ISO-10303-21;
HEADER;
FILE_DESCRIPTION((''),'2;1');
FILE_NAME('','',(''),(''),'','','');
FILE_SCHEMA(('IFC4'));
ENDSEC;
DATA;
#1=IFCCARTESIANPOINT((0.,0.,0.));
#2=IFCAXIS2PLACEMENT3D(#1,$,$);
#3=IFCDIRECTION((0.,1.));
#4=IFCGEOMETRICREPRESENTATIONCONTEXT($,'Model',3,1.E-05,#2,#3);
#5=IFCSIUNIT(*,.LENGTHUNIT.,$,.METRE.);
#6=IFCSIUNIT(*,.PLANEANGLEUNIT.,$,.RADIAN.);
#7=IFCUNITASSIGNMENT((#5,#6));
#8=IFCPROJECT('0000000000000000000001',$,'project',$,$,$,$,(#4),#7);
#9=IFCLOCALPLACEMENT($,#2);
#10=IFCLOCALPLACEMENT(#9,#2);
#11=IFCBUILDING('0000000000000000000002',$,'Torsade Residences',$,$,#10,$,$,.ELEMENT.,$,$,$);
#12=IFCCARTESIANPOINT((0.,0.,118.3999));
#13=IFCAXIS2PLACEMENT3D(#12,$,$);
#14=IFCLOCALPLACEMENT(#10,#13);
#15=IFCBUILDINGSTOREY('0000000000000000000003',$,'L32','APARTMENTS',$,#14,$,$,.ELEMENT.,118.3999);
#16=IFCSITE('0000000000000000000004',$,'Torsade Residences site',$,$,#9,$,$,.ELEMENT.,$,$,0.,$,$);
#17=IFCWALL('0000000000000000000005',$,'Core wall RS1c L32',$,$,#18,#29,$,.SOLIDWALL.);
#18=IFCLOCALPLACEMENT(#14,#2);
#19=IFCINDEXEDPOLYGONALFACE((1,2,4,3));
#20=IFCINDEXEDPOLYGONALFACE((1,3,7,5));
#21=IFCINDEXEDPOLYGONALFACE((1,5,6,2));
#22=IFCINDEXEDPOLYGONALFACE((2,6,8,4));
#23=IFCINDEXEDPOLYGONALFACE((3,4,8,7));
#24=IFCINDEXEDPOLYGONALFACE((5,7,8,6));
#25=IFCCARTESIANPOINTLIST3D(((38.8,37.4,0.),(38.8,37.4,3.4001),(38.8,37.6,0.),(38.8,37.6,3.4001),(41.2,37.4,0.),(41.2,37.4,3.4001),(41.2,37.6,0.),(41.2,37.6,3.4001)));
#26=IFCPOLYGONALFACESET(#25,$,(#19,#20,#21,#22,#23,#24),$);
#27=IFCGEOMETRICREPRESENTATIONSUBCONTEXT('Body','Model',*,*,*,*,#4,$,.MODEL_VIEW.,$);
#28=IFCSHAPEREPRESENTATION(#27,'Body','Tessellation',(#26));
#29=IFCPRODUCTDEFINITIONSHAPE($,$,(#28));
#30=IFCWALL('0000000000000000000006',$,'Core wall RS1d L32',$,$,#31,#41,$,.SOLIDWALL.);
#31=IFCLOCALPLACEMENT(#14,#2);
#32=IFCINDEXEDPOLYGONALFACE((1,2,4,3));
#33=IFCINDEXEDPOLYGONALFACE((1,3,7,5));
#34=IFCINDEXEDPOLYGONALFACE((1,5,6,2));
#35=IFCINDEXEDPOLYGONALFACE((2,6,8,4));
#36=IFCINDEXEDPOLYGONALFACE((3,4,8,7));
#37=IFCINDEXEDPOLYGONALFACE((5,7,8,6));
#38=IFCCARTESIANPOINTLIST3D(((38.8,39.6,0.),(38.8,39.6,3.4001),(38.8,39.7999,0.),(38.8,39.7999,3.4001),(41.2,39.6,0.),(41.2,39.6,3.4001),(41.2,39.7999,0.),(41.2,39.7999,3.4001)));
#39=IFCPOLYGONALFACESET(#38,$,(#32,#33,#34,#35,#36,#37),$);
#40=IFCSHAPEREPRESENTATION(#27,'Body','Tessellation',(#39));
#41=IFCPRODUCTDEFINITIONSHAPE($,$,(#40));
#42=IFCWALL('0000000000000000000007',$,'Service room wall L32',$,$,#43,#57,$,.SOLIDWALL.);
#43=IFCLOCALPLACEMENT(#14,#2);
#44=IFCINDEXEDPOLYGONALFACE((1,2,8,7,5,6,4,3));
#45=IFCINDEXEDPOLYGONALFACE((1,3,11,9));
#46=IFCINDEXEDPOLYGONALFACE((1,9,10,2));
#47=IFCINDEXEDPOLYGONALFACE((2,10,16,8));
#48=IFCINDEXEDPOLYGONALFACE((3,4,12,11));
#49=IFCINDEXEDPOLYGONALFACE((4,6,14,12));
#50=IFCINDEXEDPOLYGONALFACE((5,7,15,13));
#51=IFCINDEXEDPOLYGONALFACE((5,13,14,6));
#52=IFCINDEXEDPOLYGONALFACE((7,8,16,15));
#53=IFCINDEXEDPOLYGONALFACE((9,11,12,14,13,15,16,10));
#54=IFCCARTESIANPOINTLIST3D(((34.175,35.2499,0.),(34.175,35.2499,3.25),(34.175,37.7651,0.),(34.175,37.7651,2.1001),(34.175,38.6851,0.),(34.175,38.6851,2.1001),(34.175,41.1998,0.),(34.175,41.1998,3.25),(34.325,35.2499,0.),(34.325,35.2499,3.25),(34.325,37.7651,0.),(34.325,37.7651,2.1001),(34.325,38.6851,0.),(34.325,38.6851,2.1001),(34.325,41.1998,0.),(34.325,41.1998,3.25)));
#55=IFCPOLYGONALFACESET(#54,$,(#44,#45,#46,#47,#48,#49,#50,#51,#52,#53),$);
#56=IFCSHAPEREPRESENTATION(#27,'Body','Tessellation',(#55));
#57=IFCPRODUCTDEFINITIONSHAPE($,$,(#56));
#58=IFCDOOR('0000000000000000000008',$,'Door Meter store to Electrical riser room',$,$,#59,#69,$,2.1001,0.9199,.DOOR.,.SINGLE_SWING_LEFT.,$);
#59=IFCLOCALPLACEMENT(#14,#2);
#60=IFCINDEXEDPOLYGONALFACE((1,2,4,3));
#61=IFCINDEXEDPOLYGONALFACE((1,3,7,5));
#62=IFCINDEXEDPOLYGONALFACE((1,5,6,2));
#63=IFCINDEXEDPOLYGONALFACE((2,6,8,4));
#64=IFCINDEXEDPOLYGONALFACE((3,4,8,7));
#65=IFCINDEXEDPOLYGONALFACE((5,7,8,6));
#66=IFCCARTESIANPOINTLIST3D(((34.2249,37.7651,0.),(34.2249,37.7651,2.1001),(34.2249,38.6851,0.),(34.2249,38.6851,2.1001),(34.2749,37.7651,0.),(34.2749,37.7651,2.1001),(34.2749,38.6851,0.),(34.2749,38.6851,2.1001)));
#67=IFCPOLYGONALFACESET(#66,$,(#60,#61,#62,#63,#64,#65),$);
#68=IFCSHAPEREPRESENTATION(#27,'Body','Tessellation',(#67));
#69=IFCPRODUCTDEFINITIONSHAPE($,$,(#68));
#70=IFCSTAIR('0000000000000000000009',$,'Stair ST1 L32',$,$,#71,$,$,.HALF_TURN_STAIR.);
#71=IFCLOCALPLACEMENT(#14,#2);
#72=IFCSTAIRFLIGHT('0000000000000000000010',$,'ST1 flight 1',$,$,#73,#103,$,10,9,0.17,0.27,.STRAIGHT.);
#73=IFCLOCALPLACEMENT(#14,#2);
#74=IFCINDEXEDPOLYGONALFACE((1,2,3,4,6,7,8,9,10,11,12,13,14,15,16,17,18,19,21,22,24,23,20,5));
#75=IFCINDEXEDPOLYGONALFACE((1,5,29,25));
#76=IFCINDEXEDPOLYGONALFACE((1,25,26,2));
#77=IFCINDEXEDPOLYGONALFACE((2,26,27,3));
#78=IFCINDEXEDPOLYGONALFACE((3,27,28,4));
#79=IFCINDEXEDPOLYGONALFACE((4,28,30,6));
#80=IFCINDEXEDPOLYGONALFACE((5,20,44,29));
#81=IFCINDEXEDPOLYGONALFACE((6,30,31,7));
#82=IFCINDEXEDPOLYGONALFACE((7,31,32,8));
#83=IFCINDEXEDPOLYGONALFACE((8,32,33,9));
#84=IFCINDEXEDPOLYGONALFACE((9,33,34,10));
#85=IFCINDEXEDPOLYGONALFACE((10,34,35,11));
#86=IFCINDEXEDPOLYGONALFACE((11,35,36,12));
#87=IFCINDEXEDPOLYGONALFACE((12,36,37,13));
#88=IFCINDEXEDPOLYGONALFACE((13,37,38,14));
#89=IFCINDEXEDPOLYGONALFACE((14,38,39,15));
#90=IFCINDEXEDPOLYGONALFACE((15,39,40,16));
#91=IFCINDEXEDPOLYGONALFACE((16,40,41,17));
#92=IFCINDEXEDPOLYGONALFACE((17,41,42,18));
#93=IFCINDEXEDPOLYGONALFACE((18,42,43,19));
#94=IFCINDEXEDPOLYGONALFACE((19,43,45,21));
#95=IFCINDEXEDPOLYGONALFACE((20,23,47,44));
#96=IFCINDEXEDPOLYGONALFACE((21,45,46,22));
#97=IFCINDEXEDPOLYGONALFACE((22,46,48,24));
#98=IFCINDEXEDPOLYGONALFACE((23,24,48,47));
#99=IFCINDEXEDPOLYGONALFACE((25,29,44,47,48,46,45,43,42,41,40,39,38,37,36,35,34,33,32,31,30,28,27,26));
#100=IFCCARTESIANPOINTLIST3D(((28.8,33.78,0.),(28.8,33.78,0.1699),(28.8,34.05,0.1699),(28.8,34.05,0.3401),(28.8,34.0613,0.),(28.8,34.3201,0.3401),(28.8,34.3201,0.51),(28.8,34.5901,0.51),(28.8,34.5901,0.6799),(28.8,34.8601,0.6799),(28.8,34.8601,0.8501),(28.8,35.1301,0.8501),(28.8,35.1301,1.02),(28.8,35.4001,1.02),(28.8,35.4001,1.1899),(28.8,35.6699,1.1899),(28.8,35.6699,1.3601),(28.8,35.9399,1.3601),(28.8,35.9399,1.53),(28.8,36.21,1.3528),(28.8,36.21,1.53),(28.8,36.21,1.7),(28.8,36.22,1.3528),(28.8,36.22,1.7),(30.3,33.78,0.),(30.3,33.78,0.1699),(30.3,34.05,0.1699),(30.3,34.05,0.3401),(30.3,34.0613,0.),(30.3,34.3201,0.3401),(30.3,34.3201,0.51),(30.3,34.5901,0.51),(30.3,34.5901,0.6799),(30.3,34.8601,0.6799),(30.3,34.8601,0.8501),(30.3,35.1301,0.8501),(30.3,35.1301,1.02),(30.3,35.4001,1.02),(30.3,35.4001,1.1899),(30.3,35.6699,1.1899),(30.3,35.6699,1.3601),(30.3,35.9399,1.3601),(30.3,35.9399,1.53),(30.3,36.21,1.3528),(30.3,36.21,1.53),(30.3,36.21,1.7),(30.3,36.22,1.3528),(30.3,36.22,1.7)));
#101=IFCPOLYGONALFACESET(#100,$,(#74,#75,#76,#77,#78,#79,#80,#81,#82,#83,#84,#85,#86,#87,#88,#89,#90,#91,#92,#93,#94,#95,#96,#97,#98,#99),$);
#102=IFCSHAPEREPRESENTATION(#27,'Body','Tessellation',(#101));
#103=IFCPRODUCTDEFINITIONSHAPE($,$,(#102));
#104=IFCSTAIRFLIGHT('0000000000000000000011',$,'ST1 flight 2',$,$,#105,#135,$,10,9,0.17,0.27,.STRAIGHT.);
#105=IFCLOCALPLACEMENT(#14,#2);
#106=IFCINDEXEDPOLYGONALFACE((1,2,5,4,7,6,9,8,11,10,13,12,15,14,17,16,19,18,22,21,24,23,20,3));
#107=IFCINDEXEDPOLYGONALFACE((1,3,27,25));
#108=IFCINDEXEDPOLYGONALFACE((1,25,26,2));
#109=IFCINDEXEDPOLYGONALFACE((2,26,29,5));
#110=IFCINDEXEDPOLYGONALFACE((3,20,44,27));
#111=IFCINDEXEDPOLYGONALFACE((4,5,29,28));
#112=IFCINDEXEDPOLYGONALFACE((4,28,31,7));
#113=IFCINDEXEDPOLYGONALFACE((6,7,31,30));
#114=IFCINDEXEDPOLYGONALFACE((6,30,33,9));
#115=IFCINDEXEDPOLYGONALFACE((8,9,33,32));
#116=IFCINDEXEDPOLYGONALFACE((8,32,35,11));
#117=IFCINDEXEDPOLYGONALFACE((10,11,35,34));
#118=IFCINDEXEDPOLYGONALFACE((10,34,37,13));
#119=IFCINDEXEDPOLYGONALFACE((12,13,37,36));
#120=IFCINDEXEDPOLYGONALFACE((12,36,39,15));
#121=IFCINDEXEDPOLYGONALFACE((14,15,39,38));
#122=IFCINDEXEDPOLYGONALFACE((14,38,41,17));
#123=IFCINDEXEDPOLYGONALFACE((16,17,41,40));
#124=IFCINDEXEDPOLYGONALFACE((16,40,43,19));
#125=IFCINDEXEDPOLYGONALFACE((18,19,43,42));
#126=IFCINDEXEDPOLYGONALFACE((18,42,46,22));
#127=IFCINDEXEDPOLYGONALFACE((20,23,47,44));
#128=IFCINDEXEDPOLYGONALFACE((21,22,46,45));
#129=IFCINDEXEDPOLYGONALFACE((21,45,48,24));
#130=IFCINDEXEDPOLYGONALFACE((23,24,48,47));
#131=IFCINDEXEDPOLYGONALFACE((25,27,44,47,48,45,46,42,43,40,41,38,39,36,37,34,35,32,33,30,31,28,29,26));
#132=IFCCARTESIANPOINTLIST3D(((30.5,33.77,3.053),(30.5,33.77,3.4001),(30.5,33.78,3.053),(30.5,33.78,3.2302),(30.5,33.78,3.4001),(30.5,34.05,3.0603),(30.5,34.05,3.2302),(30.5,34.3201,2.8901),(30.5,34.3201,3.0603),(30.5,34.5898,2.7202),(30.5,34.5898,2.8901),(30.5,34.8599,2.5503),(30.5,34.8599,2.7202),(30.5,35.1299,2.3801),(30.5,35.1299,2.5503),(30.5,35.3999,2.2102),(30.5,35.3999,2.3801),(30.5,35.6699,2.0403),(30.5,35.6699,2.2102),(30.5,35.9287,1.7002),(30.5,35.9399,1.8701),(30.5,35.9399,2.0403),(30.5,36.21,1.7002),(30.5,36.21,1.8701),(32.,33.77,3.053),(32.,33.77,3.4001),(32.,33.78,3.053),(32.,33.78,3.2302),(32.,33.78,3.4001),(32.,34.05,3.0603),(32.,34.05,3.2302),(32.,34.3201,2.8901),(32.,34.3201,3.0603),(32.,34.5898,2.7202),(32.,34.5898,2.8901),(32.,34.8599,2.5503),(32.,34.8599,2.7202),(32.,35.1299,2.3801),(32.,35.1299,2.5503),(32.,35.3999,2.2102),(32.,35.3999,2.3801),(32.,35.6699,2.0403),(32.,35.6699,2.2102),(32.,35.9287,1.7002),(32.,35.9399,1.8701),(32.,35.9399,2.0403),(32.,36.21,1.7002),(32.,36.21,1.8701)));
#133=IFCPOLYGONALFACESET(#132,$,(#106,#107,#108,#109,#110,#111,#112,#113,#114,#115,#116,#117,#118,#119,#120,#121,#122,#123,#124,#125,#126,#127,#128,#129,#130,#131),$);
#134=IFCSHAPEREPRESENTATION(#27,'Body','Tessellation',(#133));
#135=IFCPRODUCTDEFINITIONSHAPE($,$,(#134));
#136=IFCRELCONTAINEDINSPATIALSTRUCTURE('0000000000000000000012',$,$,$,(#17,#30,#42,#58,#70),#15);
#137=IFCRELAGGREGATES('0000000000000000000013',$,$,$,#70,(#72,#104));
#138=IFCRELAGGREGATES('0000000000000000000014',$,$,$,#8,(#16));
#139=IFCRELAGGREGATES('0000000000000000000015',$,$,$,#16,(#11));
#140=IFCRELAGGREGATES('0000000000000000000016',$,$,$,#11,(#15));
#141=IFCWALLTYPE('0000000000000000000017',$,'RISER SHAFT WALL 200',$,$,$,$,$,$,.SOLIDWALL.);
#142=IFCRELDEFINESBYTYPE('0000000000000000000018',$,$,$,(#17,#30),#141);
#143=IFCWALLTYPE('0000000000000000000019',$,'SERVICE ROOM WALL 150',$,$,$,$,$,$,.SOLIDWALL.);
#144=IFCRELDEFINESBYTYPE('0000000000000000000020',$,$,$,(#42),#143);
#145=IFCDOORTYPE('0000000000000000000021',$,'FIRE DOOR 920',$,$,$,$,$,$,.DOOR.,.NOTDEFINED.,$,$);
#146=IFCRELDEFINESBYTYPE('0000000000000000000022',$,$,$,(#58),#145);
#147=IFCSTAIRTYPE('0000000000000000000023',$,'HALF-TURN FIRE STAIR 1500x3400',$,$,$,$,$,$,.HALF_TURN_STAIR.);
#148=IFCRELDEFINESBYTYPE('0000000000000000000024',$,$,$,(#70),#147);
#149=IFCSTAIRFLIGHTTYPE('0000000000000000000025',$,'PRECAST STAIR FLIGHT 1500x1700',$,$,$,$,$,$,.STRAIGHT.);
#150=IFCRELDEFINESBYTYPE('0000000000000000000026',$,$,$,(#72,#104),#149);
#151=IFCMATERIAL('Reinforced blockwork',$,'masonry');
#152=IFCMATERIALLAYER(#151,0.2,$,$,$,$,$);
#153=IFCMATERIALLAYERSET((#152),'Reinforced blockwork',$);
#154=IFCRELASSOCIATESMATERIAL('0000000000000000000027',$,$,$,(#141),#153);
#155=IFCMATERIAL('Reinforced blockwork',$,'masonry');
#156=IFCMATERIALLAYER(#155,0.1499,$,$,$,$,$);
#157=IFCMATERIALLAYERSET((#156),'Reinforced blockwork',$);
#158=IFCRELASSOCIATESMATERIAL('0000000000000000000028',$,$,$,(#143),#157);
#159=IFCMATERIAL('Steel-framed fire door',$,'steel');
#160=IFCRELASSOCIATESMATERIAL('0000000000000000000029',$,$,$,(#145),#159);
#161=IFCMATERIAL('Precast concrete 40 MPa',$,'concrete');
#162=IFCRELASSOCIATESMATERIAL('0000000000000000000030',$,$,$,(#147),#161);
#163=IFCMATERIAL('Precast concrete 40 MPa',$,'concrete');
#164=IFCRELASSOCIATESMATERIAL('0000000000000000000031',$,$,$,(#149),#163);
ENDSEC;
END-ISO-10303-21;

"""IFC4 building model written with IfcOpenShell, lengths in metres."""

from ifc_helpers import new_model, si_unit, direction, frame, frame_2d, origin, place, context, subcontext, project, spatial, polyline, rectangle, outline, extrude, material, layer, layer_set, type_object, element, fill, aggregate, save


model = new_model("IFC4")

# Units and contexts
model_context = context("Model", 3, precision=1e-05, world=origin(), true_north=direction((0.0, 1.0)))
body_context = subcontext(model_context, "Body", "Model", "MODEL_VIEW")
ifc_project = project(units=[si_unit("LENGTHUNIT", "METRE"), si_unit("PLANEANGLEUNIT", "RADIAN")], contexts=[model_context])

# Site, building, storey
site_placement = place(None, origin())
site = spatial("IfcSite", under=ifc_project, at=site_placement, Name="Torsade Residences site", CompositionType="ELEMENT", RefElevation=0.0)
building_placement = place(site_placement, origin())
building = spatial("IfcBuilding", under=site, at=building_placement, Name="Torsade Residences", CompositionType="ELEMENT")
storey_placement = place(building_placement, frame((0.0, 0.0, 118.3999)))
storey = spatial("IfcBuildingStorey", under=building, at=storey_placement, Name="L32", Description="APARTMENTS", CompositionType="ELEMENT", Elevation=118.3999)

# Walls
ifc_material_1 = material(Name="Reinforced blockwork", Category="masonry")
ifc_layer_1 = layer(ifc_material_1, 0.2)
ifc_layer_set_1 = layer_set([ifc_layer_1], Name="Reinforced blockwork")
wall_type_1 = type_object("IfcWallType", Name="RISER SHAFT WALL 200", PredefinedType="SOLIDWALL", material=ifc_layer_set_1)
for number, where, z_axis, x_axis, name in (
    (1, (38.8, 37.5, 0.0), (0.0, 0.0, 1.0), (1.0, 0.0, 0.0), "Core wall RS1c L32"),
    (2, (38.8, 39.7, 0.0), (0.0, 0.0, 1.0), (1.0, 0.0, 0.0), "Core wall RS1d L32"),
):
    element("IfcWall", number, at=place(storey_placement, frame(where, z_axis=z_axis, x_axis=x_axis)), inside=storey, type_object=wall_type_1, Name=name, PredefinedType="SOLIDWALL", context=body_context, shape_type="SweptSolid", body=[
        extrude(rectangle(XDim=2.3999, YDim=0.2, at=frame_2d((1.2, 0.0))), origin(), (0.0, 0.0, 1.0), 3.4001),
    ])

# Wall, opening, door
ifc_material_2 = material(Name="Reinforced blockwork", Category="masonry")
ifc_layer_2 = layer(ifc_material_2, 0.1499)
ifc_layer_set_2 = layer_set([ifc_layer_2], Name="Reinforced blockwork")
wall_type_2 = type_object("IfcWallType", Name="SERVICE ROOM WALL 150", PredefinedType="SOLIDWALL", material=ifc_layer_set_2)
wall_1_placement = place(storey_placement, frame((34.25, 41.2, 0.0), z_axis=(0.0, 0.0, 1.0), x_axis=(0.0, -1.0, 0.0)))
wall_1 = element("IfcWall", 3, at=wall_1_placement, inside=storey, type_object=wall_type_2, Name="Service room wall L32", PredefinedType="SOLIDWALL", context=body_context, shape_type="SweptSolid", body=[
    extrude(rectangle(XDim=5.95, YDim=0.1499, at=frame_2d((2.9751, 0.0))), origin(), (0.0, 0.0, 1.0), 3.25),
])
opening_placement = place(wall_1_placement, frame((2.5149, 0.0, 0.0)))
opening = element("IfcOpeningElement", 4, at=opening_placement, cuts=wall_1, PredefinedType="OPENING", context=body_context, shape_type="SweptSolid", body=[
    extrude(rectangle(XDim=0.9199, YDim=2.1001, at=frame_2d((0.46, 1.05))), frame((0.0, 0.085, 0.0), z_axis=(0.0, -1.0, 0.0), x_axis=(1.0, 0.0, 0.0)), (0.0, 0.0, 1.0), 0.1699),
])
ifc_material_3 = material(Name="Steel-framed fire door", Category="steel")
door_type = type_object("IfcDoorType", Name="FIRE DOOR 920", OperationType="NOTDEFINED", PredefinedType="DOOR", material=ifc_material_3)
door_placement = place(opening_placement, origin())
door = element("IfcDoor", 5, at=door_placement, inside=storey, type_object=door_type, Name="Door Meter store to Electrical riser room", OperationType="SINGLE_SWING_LEFT", OverallHeight=2.1001, OverallWidth=0.9199, PredefinedType="DOOR", context=body_context, shape_type="SweptSolid", body=[
    extrude(rectangle(XDim=0.9199, YDim=2.1001, at=frame_2d((0.46, 1.05))), frame((0.0, 0.0249, 0.0), z_axis=(0.0, -1.0, 0.0), x_axis=(1.0, 0.0, 0.0)), (0.0, 0.0, 1.0), 0.05),
])
fill(opening, door)

# Stair, stair flights
ifc_material_4 = material(Name="Precast concrete 40 MPa", Category="concrete")
stair_type = type_object("IfcStairType", Name="HALF-TURN FIRE STAIR 1500x3400", PredefinedType="HALF_TURN_STAIR", material=ifc_material_4)
stair_placement = place(storey_placement, origin())
stair = element("IfcStair", 6, at=stair_placement, inside=storey, type_object=stair_type, Name="Stair ST1 L32", PredefinedType="HALF_TURN_STAIR")
ifc_material_5 = material(Name="Precast concrete 40 MPa", Category="concrete")
stair_flight_type = type_object("IfcStairFlightType", Name="PRECAST STAIR FLIGHT 1500x1700", PredefinedType="STRAIGHT", material=ifc_material_5)
stair_flight_1_placement = place(storey_placement, frame((29.55, 33.78, 0.0), z_axis=(0.0, 0.0, 1.0), x_axis=(0.0, 1.0, 0.0)))
stair_flight_1 = element("IfcStairFlight", 7, at=stair_flight_1_placement, type_object=stair_flight_type, Name="ST1 flight 1", NumberOfRisers=10, NumberOfTreads=9, PredefinedType="STRAIGHT", RiserHeight=0.17, TreadLength=0.27, context=body_context, shape_type="SweptSolid", body=[
    extrude(outline(polyline([(0.0, 0.0), (0.0, 0.1699), (0.27, 0.1699), (0.27, 0.3401), (0.54, 0.3401), (0.54, 0.51), (0.8101, 0.51), (0.8101, 0.6799), (1.0801, 0.6799), (1.0801, 0.8501), (1.3501, 0.8501), (1.3501, 1.02), (1.6201, 1.02), (1.6201, 1.1899), (1.8899, 1.1899), (1.8899, 1.3601), (2.1599, 1.3601), (2.1599, 1.53), (2.4299, 1.53), (2.4299, 1.7), (2.4399, 1.7), (2.4399, 1.3528), (2.4299, 1.3528), (0.2812, 0.0), (0.0, 0.0)])), frame((0.0, 0.75, 0.0), z_axis=(0.0, -1.0, 0.0), x_axis=(1.0, 0.0, 0.0)), (0.0, 0.0, 1.0), 1.5),
])
stair_flight_2_placement = place(storey_placement, frame((31.25, 36.21, 1.7002), z_axis=(0.0, 0.0, 1.0), x_axis=(0.0, -1.0, 0.0)))
stair_flight_2 = element("IfcStairFlight", 8, at=stair_flight_2_placement, type_object=stair_flight_type, Name="ST1 flight 2", NumberOfRisers=10, NumberOfTreads=9, PredefinedType="STRAIGHT", RiserHeight=0.17, TreadLength=0.27, context=body_context, shape_type="SweptSolid", body=[
    extrude(outline(polyline([(0.0, 0.0), (0.0, 0.1699), (0.27, 0.1699), (0.27, 0.3401), (0.54, 0.3401), (0.54, 0.51), (0.8101, 0.51), (0.8101, 0.6799), (1.0801, 0.6799), (1.0801, 0.8501), (1.3501, 0.8501), (1.3501, 1.02), (1.6201, 1.02), (1.6201, 1.1899), (1.8899, 1.1899), (1.8899, 1.3601), (2.1599, 1.3601), (2.1599, 1.53), (2.4299, 1.53), (2.4299, 1.7), (2.4399, 1.7), (2.4399, 1.3528), (2.4299, 1.3528), (0.2812, 0.0), (0.0, 0.0)])), frame((0.0, 0.75, 0.0), z_axis=(0.0, -1.0, 0.0), x_axis=(1.0, 0.0, 0.0)), (0.0, 0.0, 1.0), 1.5),
])
aggregate(stair, [stair_flight_1, stair_flight_2])

save(model, "model.ifc")
